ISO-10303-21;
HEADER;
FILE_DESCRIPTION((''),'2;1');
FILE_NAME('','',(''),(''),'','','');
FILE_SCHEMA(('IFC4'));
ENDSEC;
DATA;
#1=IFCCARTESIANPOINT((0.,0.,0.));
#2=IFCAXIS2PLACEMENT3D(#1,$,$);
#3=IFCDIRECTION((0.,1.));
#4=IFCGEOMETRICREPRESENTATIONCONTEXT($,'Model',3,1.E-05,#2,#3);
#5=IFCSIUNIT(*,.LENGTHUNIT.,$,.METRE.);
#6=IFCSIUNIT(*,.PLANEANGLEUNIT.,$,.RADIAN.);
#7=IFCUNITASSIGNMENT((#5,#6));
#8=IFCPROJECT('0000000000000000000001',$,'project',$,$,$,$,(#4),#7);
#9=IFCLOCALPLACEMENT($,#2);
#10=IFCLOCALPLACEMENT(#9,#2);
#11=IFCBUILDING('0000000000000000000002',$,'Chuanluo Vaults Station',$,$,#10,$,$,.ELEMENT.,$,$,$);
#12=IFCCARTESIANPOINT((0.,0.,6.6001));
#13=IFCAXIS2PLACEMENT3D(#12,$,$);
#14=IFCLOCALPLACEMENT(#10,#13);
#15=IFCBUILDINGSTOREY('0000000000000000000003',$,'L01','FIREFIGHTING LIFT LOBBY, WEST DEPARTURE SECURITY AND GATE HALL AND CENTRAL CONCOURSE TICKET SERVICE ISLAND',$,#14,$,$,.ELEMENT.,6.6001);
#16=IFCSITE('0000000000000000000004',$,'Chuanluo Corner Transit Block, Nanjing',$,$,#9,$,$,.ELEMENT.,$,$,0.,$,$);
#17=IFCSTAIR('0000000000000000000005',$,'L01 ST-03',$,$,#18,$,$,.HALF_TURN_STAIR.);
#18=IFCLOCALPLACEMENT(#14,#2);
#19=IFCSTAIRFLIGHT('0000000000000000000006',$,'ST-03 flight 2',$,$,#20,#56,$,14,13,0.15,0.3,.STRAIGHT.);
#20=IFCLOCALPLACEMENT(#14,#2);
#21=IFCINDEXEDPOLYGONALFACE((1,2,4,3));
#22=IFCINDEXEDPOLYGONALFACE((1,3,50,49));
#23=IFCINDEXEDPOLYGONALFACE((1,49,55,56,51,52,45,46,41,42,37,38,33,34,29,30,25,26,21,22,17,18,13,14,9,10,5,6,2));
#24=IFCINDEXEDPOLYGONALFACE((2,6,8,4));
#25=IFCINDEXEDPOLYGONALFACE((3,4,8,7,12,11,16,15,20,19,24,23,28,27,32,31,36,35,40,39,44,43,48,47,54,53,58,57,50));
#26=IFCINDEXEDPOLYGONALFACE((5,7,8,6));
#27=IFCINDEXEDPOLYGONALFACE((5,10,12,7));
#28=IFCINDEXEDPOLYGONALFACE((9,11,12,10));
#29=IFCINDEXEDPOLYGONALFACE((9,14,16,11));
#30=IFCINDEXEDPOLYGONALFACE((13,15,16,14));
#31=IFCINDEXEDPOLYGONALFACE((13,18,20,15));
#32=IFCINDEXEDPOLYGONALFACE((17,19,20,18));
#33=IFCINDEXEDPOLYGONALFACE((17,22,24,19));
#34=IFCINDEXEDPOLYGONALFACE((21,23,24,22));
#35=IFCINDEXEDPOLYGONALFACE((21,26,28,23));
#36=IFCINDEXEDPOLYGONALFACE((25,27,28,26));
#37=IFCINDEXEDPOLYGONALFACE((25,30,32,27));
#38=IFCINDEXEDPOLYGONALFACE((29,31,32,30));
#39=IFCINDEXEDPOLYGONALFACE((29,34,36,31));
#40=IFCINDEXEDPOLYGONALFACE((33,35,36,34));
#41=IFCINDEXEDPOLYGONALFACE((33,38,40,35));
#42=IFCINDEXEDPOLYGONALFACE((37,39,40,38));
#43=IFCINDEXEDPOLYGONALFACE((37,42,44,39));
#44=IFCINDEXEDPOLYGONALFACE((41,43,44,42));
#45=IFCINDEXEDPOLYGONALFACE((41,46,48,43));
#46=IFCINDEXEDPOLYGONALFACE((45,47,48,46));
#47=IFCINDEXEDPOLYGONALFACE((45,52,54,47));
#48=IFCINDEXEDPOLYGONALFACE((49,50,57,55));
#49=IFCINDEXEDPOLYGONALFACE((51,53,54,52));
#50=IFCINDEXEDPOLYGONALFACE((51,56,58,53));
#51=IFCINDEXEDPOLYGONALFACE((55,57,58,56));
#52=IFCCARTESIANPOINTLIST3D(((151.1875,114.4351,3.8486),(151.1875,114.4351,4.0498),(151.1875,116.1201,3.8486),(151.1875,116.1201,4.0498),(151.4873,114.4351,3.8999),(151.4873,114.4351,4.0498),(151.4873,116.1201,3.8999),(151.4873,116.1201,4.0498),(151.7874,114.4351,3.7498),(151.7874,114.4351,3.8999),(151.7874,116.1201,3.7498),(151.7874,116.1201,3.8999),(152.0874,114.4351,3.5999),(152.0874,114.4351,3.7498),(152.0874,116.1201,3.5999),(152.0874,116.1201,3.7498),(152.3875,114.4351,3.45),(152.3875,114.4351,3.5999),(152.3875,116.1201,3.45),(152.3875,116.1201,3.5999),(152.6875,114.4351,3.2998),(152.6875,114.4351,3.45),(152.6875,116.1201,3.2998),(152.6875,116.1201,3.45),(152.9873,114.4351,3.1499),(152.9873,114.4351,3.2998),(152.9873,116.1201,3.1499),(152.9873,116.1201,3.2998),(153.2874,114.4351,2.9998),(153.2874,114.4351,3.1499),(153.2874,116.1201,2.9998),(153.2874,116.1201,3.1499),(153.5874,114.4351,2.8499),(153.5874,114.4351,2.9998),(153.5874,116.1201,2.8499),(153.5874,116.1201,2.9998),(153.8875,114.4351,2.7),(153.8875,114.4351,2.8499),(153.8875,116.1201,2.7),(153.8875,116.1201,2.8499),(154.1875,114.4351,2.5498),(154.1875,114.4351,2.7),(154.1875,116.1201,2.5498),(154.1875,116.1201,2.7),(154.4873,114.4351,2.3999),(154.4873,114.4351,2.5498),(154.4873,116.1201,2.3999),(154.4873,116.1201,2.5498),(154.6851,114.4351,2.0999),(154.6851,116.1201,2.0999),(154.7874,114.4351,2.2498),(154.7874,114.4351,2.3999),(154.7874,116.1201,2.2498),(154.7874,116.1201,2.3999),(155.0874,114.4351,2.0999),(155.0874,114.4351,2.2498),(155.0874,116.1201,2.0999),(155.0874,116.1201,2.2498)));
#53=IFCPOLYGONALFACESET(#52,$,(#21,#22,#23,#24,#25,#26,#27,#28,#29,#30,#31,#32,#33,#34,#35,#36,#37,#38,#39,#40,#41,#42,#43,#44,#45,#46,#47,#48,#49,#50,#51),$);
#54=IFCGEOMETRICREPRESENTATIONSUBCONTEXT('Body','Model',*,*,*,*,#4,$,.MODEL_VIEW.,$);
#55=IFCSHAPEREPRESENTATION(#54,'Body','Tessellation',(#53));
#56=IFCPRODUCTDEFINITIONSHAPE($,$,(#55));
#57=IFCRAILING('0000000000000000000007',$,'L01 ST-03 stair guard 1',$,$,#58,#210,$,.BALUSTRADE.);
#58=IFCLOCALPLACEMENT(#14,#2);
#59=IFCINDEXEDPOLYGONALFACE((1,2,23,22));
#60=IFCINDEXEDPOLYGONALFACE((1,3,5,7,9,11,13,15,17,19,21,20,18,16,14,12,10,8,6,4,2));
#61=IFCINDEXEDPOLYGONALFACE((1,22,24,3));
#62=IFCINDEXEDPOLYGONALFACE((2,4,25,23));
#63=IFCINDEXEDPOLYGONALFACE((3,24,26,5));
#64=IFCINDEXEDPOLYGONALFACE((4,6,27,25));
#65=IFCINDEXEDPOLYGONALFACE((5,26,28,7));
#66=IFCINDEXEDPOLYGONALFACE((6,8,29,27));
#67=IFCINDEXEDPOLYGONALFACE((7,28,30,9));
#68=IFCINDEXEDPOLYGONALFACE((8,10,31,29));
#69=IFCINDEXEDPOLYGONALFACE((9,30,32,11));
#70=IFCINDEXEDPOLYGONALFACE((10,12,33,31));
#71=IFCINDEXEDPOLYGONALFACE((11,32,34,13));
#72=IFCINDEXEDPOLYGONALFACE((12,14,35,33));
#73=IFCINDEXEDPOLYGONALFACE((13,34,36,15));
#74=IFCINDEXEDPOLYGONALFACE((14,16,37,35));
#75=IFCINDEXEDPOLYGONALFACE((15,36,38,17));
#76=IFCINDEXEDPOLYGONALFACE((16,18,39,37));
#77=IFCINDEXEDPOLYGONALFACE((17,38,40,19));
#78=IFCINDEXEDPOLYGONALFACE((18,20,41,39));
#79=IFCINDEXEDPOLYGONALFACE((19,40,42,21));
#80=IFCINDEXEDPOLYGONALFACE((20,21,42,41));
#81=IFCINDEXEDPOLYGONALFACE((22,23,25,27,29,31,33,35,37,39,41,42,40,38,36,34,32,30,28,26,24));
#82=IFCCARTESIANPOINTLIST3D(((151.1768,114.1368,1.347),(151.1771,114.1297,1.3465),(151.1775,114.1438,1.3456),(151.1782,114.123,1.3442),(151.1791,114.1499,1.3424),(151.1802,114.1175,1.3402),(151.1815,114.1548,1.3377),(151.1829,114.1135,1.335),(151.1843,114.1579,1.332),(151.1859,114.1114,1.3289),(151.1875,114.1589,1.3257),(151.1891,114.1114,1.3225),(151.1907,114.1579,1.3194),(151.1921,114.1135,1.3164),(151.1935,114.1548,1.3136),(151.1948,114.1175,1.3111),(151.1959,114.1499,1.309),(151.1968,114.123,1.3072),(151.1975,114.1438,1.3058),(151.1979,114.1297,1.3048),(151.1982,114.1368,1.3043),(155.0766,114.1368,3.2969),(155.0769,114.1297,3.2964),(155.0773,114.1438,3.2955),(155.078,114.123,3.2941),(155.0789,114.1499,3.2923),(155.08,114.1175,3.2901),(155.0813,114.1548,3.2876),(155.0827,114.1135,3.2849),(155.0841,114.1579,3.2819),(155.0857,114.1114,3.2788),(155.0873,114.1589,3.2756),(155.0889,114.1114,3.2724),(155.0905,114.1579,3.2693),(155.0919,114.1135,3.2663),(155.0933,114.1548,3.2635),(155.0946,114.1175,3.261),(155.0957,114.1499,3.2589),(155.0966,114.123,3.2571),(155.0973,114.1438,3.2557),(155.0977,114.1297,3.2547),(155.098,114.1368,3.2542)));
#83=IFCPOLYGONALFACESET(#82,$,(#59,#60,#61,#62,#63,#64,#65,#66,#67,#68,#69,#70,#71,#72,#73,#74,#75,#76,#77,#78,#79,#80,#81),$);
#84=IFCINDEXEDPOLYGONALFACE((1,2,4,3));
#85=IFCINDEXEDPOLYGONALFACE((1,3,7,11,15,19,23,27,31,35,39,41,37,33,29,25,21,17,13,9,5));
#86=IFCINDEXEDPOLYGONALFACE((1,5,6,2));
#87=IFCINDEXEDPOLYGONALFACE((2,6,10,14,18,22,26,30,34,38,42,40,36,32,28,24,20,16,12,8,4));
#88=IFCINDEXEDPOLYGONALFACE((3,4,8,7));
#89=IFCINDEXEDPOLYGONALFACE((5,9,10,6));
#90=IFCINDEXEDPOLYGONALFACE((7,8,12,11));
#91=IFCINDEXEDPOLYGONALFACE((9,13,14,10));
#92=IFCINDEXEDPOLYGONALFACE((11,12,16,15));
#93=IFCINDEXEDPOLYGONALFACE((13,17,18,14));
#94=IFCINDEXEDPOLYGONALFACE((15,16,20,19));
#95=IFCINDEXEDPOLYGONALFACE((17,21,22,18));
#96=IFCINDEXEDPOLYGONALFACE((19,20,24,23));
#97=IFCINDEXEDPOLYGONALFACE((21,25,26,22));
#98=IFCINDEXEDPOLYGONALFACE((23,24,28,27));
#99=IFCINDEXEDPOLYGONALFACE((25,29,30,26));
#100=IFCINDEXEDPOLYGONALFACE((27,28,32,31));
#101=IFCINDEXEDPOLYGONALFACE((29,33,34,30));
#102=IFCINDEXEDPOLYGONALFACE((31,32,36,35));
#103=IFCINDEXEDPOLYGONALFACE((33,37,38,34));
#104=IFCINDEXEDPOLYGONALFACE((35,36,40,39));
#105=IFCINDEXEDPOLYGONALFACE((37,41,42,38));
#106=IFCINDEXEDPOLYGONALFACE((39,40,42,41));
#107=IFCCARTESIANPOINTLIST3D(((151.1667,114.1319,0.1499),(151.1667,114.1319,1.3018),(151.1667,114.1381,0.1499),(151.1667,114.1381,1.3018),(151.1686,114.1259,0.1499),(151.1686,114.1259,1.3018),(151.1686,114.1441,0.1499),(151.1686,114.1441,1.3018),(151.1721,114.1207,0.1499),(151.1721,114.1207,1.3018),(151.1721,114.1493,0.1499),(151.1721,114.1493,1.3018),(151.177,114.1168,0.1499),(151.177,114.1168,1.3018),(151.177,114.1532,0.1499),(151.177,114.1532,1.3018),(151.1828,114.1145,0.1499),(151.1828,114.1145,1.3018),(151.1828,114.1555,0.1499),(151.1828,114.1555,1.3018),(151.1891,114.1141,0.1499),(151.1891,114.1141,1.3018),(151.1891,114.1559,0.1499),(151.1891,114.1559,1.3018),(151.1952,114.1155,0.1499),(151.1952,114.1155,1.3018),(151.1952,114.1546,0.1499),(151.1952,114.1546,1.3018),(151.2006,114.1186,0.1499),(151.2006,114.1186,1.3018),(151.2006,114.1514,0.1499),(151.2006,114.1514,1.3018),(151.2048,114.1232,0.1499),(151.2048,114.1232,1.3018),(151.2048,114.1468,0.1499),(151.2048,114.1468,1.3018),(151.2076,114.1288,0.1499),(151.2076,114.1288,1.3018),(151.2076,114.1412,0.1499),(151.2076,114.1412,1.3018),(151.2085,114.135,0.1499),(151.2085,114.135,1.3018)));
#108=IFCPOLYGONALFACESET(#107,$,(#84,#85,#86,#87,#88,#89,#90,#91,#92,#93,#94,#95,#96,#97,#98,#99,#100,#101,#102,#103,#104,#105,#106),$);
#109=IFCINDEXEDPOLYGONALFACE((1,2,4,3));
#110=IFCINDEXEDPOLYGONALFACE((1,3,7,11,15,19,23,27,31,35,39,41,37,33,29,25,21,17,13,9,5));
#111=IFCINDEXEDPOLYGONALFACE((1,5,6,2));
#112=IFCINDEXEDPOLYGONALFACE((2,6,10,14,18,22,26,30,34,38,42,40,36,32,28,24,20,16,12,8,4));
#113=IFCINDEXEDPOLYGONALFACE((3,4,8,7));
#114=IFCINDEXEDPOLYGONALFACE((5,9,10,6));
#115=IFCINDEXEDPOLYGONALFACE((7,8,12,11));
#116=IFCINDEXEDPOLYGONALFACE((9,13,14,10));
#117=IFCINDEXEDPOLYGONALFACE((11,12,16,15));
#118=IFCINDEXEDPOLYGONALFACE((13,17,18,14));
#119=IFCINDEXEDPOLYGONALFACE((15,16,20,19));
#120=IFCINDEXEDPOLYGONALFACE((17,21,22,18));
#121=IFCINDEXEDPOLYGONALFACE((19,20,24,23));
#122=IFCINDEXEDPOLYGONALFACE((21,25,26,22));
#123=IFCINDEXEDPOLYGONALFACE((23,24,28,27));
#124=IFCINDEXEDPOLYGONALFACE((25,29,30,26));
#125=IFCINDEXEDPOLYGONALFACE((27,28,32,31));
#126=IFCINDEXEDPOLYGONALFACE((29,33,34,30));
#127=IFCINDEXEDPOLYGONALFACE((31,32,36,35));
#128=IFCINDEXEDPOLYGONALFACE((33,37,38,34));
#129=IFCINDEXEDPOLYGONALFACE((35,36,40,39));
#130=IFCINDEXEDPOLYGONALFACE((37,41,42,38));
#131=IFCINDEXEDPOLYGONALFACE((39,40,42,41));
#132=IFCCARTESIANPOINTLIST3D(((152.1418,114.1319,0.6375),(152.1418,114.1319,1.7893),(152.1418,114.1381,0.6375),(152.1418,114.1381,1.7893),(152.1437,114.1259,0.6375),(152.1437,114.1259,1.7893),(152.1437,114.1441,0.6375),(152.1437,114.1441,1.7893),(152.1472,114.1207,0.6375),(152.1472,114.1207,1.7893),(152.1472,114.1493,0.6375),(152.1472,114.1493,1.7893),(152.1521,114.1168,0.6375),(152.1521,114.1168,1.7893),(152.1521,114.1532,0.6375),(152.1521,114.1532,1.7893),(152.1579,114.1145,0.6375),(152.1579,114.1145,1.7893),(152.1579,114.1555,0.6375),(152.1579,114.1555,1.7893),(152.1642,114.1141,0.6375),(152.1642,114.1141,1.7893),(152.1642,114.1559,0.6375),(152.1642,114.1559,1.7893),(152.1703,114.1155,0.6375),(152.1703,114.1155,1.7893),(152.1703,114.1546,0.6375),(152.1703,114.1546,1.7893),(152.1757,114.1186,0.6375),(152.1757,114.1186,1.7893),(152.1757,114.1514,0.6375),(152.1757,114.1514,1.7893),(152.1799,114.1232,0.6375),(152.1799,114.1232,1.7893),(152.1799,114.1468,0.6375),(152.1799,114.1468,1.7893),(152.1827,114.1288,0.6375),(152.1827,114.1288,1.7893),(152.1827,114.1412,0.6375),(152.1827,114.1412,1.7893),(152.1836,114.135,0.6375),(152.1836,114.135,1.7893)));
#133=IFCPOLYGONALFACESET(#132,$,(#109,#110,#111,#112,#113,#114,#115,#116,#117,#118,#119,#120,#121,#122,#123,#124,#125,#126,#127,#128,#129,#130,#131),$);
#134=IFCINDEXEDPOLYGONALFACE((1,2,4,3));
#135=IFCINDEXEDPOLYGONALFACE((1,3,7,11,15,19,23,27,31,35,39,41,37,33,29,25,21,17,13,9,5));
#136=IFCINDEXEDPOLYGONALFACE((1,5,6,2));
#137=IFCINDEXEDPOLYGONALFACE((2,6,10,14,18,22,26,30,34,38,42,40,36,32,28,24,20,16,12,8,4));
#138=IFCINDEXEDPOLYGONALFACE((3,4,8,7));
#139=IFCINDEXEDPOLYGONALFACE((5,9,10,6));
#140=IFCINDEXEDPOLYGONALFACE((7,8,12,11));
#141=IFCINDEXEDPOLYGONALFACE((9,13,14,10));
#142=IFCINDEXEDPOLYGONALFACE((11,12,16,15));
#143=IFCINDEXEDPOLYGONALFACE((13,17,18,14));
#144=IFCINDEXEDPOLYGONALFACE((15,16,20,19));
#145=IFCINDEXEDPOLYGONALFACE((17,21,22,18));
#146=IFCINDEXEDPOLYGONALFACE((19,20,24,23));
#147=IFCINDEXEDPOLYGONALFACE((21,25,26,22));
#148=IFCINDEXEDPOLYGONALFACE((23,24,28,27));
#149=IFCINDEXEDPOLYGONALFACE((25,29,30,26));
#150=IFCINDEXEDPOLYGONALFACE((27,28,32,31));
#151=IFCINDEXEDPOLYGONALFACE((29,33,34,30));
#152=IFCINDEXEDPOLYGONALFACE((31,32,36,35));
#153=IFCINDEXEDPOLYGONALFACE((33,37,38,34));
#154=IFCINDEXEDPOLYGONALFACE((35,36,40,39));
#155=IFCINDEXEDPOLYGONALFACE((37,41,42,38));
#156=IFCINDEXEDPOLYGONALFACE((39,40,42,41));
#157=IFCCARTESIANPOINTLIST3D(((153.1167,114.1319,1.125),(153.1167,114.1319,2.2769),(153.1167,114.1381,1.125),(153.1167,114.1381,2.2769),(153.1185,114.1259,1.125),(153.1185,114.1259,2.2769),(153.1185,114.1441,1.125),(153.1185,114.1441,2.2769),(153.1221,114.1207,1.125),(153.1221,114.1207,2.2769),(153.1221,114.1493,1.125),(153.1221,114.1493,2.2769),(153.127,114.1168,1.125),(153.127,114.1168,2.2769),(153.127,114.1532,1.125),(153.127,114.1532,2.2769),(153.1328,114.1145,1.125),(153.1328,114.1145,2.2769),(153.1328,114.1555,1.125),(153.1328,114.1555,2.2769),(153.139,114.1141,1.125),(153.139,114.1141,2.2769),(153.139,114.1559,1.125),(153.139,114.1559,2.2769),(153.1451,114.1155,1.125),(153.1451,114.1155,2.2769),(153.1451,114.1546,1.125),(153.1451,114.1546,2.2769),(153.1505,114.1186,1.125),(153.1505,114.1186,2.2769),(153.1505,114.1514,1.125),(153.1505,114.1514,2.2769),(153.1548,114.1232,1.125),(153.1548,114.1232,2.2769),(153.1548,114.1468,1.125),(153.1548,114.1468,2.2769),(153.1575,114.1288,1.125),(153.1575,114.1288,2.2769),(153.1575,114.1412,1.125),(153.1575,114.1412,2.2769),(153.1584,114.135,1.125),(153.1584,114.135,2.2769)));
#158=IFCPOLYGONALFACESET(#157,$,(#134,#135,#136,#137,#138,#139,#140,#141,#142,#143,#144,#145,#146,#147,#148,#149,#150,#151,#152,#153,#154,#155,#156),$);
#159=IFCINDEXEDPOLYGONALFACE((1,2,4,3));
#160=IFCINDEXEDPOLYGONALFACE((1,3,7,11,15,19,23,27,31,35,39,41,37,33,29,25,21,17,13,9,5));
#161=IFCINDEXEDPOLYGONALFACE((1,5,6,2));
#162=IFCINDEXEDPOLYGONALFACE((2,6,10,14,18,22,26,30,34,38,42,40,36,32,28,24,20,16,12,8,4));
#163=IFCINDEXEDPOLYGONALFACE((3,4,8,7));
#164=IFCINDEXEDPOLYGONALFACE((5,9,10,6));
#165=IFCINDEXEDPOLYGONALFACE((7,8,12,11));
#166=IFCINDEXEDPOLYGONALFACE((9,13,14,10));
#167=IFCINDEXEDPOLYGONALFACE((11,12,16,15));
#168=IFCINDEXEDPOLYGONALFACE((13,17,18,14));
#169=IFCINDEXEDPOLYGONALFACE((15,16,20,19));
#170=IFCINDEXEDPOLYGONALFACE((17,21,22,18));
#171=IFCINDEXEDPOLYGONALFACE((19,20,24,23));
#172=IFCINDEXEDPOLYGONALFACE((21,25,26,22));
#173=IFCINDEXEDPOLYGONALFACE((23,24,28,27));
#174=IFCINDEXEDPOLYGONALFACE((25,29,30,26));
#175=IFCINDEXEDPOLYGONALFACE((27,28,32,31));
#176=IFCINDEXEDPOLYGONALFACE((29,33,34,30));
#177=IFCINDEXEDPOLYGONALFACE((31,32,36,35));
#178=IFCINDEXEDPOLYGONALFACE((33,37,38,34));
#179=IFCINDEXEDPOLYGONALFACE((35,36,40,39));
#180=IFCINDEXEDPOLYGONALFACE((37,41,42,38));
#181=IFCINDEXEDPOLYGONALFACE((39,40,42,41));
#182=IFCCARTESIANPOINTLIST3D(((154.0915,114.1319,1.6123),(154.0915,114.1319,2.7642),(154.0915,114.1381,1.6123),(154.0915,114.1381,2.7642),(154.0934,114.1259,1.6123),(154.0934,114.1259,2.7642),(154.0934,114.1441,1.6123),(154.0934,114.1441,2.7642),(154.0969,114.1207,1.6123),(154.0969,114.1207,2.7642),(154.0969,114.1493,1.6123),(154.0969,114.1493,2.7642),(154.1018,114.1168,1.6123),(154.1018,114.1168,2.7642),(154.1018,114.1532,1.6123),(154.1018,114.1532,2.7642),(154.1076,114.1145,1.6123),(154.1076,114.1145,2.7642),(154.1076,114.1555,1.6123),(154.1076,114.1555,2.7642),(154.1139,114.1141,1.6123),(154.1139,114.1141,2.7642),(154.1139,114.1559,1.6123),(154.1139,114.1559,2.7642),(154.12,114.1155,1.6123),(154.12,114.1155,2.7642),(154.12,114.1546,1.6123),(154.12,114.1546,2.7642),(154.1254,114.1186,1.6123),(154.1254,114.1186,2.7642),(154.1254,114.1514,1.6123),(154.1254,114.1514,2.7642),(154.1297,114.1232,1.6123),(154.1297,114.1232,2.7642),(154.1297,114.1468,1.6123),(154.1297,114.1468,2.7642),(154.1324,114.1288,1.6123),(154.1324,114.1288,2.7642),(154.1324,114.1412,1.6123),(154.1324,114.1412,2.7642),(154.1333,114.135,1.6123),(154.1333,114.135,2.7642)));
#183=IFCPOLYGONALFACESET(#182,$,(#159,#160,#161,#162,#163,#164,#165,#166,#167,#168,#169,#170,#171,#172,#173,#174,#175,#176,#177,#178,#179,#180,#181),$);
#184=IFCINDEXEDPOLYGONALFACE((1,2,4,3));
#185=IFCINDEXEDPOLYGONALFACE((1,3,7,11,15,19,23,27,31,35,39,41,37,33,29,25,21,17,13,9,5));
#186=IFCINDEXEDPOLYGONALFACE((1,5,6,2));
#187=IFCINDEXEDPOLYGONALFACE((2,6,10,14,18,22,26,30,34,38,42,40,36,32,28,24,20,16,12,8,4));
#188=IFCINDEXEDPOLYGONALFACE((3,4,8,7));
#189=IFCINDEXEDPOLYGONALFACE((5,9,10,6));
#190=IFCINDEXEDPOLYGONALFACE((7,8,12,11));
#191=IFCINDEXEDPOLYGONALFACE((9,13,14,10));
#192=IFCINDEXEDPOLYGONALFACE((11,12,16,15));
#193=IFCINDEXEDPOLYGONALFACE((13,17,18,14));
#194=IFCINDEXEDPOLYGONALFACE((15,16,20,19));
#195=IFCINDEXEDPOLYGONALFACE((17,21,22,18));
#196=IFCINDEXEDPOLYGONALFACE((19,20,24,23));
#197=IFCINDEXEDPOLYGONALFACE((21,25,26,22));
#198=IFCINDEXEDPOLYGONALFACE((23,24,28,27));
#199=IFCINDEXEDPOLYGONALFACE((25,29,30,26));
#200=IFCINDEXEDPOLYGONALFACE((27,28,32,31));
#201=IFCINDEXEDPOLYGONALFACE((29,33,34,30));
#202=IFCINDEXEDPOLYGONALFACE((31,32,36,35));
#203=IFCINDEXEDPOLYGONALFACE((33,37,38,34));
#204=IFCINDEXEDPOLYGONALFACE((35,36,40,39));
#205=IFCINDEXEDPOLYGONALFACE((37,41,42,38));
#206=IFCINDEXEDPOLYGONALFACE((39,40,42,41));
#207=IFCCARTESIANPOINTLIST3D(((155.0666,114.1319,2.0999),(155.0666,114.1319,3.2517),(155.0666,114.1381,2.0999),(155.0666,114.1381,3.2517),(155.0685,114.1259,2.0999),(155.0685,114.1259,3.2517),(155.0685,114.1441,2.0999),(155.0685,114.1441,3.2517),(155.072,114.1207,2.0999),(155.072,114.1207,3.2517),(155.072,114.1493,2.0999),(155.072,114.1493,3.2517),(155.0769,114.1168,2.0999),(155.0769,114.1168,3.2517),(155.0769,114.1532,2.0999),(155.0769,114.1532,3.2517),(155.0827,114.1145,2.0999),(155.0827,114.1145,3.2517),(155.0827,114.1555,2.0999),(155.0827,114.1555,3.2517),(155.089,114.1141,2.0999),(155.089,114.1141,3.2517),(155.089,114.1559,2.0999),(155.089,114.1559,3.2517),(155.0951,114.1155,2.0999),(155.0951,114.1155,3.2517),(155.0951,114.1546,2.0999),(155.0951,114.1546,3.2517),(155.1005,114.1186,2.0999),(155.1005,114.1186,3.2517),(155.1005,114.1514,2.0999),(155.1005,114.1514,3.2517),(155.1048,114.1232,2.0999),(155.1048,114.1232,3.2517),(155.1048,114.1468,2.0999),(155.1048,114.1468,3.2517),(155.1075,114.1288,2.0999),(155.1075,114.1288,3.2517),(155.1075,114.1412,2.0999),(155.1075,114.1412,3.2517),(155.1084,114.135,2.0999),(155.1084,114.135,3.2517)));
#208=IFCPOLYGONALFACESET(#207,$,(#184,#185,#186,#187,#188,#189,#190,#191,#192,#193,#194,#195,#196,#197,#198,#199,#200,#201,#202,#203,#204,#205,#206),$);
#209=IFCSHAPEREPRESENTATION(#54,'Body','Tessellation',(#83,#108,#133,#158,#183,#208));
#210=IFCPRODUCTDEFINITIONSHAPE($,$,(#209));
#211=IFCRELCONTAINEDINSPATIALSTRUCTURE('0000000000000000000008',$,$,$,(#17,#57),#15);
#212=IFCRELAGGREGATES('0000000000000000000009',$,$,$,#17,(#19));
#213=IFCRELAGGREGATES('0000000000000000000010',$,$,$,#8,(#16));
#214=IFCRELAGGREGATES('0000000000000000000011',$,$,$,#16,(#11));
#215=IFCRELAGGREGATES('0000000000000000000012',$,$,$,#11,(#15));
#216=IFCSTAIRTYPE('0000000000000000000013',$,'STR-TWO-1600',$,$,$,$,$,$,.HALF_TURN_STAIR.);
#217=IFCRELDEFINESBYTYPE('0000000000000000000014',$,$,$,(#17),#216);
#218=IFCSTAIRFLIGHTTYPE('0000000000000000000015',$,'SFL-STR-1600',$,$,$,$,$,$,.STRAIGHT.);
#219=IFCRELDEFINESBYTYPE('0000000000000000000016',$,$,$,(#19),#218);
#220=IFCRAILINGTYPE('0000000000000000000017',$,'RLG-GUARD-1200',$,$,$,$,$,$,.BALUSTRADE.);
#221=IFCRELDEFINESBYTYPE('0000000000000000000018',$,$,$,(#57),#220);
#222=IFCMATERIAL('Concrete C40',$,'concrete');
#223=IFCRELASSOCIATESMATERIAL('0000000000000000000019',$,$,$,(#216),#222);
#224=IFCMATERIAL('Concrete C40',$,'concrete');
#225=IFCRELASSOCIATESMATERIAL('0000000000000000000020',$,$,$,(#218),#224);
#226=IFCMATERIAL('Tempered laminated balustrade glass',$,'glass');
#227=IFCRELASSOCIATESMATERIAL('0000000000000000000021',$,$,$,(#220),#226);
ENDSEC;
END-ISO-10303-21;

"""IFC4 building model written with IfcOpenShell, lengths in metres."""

from ifc_helpers import new_model, si_unit, direction, frame, origin, origin_2d, place, context, subcontext, project, spatial, polyline, circle, outline, extrude, material, type_object, element, aggregate, save


model = new_model("IFC4")

# Units and contexts
model_context = context("Model", 3, precision=1e-05, world=origin(), true_north=direction((0.0, 1.0)))
body_context = subcontext(model_context, "Body", "Model", "MODEL_VIEW")
ifc_project = project(units=[si_unit("LENGTHUNIT", "METRE"), si_unit("PLANEANGLEUNIT", "RADIAN")], contexts=[model_context])

# Site, building, storey
site_placement = place(None, origin())
site = spatial("IfcSite", under=ifc_project, at=site_placement, Name="Chuanluo Corner Transit Block, Nanjing", CompositionType="ELEMENT", RefElevation=0.0)
building_placement = place(site_placement, origin())
building = spatial("IfcBuilding", under=site, at=building_placement, Name="Chuanluo Vaults Station", CompositionType="ELEMENT")
storey_placement = place(building_placement, frame((0.0, 0.0, 6.6001)))
storey = spatial("IfcBuildingStorey", under=building, at=storey_placement, Name="L01", Description="FIREFIGHTING LIFT LOBBY, WEST DEPARTURE SECURITY AND GATE HALL AND CENTRAL CONCOURSE TICKET SERVICE ISLAND", CompositionType="ELEMENT", Elevation=6.6001)

# Stair, stair flight
ifc_material_1 = material(Name="Concrete C40", Category="concrete")
stair_type = type_object("IfcStairType", Name="STR-TWO-1600", PredefinedType="HALF_TURN_STAIR", material=ifc_material_1)
stair_placement = place(storey_placement, origin())
stair = element("IfcStair", 1, at=stair_placement, inside=storey, type_object=stair_type, Name="L01 ST-03", PredefinedType="HALF_TURN_STAIR")
ifc_material_2 = material(Name="Concrete C40", Category="concrete")
stair_flight_type = type_object("IfcStairFlightType", Name="SFL-STR-1600", PredefinedType="STRAIGHT", material=ifc_material_2)
stair_flight_1_placement = place(storey_placement, frame((155.0874, 115.2776, 2.0999), z_axis=(0.0, 0.0, 1.0), x_axis=(-1.0, 0.0, 0.0)))
stair_flight_1 = element("IfcStairFlight", 2, at=stair_flight_1_placement, type_object=stair_flight_type, Name="ST-03 flight 2", NumberOfRisers=14, NumberOfTreads=13, PredefinedType="STRAIGHT", RiserHeight=0.15, TreadLength=0.3, context=body_context, shape_type="SweptSolid", body=[
    extrude(outline(polyline([(0.0, 0.0), (0.0, 0.1499), (0.3, 0.1499), (0.3, 0.3), (0.6001, 0.3), (0.6001, 0.45), (0.8999, 0.45), (0.8999, 0.6001), (1.2, 0.6001), (1.2, 0.75), (1.5, 0.75), (1.5, 0.8999), (1.8, 0.8999), (1.8, 1.05), (2.1001, 1.05), (2.1001, 1.2), (2.3999, 1.2), (2.3999, 1.3501), (2.7, 1.3501), (2.7, 1.5), (3.0, 1.5), (3.0, 1.6499), (3.3, 1.6499), (3.3, 1.8), (3.6001, 1.8), (3.6001, 1.95), (3.8999, 1.95), (3.8999, 2.1001), (3.8999, 1.7488), (0.4023, 0.0), (0.0, 0.0)])), frame((0.0, 0.8425, 0.0), z_axis=(0.0, -1.0, 0.0), x_axis=(1.0, 0.0, 0.0)), (0.0, 0.0, 1.0), 1.6851),
])
aggregate(stair, [stair_flight_1])

# Railing
ifc_material_3 = material(Name="Tempered laminated balustrade glass", Category="glass")
railing_type_1 = type_object("IfcRailingType", Name="RLG-GUARD-1200", PredefinedType="BALUSTRADE", material=ifc_material_3)
railing_1_placement = place(storey_placement, frame((151.1875, 114.135, 0.1499)))
element("IfcRailing", 3, at=railing_1_placement, inside=storey, type_object=railing_type_1, Name="L01 ST-03 stair guard 1", PredefinedType="BALUSTRADE", context=body_context, shape_type="SweptSolid", body=[
    extrude(circle(Radius=0.0239, at=origin_2d()), frame((0.0, 0.0, 1.1758), z_axis=(0.894427, 0.0, 0.447214), x_axis=(0.0, 1.0, 0.0)), (0.0, 0.0, 1.0), 4.3601),
    extrude(circle(Radius=0.021, at=origin_2d()), origin(), (0.0, 0.0, 1.0), 1.1519),
    extrude(circle(Radius=0.021, at=origin_2d()), frame((0.9751, 0.0, 0.4875)), (0.0, 0.0, 1.0), 1.1519),
    extrude(circle(Radius=0.021, at=origin_2d()), frame((1.95, 0.0, 0.9751)), (0.0, 0.0, 1.0), 1.1519),
    extrude(circle(Radius=0.021, at=origin_2d()), frame((2.9248, 0.0, 1.4624)), (0.0, 0.0, 1.0), 1.1519),
    extrude(circle(Radius=0.021, at=origin_2d()), frame((3.8999, 0.0, 1.95)), (0.0, 0.0, 1.0), 1.1519),
])

save(model, "model.ifc")
